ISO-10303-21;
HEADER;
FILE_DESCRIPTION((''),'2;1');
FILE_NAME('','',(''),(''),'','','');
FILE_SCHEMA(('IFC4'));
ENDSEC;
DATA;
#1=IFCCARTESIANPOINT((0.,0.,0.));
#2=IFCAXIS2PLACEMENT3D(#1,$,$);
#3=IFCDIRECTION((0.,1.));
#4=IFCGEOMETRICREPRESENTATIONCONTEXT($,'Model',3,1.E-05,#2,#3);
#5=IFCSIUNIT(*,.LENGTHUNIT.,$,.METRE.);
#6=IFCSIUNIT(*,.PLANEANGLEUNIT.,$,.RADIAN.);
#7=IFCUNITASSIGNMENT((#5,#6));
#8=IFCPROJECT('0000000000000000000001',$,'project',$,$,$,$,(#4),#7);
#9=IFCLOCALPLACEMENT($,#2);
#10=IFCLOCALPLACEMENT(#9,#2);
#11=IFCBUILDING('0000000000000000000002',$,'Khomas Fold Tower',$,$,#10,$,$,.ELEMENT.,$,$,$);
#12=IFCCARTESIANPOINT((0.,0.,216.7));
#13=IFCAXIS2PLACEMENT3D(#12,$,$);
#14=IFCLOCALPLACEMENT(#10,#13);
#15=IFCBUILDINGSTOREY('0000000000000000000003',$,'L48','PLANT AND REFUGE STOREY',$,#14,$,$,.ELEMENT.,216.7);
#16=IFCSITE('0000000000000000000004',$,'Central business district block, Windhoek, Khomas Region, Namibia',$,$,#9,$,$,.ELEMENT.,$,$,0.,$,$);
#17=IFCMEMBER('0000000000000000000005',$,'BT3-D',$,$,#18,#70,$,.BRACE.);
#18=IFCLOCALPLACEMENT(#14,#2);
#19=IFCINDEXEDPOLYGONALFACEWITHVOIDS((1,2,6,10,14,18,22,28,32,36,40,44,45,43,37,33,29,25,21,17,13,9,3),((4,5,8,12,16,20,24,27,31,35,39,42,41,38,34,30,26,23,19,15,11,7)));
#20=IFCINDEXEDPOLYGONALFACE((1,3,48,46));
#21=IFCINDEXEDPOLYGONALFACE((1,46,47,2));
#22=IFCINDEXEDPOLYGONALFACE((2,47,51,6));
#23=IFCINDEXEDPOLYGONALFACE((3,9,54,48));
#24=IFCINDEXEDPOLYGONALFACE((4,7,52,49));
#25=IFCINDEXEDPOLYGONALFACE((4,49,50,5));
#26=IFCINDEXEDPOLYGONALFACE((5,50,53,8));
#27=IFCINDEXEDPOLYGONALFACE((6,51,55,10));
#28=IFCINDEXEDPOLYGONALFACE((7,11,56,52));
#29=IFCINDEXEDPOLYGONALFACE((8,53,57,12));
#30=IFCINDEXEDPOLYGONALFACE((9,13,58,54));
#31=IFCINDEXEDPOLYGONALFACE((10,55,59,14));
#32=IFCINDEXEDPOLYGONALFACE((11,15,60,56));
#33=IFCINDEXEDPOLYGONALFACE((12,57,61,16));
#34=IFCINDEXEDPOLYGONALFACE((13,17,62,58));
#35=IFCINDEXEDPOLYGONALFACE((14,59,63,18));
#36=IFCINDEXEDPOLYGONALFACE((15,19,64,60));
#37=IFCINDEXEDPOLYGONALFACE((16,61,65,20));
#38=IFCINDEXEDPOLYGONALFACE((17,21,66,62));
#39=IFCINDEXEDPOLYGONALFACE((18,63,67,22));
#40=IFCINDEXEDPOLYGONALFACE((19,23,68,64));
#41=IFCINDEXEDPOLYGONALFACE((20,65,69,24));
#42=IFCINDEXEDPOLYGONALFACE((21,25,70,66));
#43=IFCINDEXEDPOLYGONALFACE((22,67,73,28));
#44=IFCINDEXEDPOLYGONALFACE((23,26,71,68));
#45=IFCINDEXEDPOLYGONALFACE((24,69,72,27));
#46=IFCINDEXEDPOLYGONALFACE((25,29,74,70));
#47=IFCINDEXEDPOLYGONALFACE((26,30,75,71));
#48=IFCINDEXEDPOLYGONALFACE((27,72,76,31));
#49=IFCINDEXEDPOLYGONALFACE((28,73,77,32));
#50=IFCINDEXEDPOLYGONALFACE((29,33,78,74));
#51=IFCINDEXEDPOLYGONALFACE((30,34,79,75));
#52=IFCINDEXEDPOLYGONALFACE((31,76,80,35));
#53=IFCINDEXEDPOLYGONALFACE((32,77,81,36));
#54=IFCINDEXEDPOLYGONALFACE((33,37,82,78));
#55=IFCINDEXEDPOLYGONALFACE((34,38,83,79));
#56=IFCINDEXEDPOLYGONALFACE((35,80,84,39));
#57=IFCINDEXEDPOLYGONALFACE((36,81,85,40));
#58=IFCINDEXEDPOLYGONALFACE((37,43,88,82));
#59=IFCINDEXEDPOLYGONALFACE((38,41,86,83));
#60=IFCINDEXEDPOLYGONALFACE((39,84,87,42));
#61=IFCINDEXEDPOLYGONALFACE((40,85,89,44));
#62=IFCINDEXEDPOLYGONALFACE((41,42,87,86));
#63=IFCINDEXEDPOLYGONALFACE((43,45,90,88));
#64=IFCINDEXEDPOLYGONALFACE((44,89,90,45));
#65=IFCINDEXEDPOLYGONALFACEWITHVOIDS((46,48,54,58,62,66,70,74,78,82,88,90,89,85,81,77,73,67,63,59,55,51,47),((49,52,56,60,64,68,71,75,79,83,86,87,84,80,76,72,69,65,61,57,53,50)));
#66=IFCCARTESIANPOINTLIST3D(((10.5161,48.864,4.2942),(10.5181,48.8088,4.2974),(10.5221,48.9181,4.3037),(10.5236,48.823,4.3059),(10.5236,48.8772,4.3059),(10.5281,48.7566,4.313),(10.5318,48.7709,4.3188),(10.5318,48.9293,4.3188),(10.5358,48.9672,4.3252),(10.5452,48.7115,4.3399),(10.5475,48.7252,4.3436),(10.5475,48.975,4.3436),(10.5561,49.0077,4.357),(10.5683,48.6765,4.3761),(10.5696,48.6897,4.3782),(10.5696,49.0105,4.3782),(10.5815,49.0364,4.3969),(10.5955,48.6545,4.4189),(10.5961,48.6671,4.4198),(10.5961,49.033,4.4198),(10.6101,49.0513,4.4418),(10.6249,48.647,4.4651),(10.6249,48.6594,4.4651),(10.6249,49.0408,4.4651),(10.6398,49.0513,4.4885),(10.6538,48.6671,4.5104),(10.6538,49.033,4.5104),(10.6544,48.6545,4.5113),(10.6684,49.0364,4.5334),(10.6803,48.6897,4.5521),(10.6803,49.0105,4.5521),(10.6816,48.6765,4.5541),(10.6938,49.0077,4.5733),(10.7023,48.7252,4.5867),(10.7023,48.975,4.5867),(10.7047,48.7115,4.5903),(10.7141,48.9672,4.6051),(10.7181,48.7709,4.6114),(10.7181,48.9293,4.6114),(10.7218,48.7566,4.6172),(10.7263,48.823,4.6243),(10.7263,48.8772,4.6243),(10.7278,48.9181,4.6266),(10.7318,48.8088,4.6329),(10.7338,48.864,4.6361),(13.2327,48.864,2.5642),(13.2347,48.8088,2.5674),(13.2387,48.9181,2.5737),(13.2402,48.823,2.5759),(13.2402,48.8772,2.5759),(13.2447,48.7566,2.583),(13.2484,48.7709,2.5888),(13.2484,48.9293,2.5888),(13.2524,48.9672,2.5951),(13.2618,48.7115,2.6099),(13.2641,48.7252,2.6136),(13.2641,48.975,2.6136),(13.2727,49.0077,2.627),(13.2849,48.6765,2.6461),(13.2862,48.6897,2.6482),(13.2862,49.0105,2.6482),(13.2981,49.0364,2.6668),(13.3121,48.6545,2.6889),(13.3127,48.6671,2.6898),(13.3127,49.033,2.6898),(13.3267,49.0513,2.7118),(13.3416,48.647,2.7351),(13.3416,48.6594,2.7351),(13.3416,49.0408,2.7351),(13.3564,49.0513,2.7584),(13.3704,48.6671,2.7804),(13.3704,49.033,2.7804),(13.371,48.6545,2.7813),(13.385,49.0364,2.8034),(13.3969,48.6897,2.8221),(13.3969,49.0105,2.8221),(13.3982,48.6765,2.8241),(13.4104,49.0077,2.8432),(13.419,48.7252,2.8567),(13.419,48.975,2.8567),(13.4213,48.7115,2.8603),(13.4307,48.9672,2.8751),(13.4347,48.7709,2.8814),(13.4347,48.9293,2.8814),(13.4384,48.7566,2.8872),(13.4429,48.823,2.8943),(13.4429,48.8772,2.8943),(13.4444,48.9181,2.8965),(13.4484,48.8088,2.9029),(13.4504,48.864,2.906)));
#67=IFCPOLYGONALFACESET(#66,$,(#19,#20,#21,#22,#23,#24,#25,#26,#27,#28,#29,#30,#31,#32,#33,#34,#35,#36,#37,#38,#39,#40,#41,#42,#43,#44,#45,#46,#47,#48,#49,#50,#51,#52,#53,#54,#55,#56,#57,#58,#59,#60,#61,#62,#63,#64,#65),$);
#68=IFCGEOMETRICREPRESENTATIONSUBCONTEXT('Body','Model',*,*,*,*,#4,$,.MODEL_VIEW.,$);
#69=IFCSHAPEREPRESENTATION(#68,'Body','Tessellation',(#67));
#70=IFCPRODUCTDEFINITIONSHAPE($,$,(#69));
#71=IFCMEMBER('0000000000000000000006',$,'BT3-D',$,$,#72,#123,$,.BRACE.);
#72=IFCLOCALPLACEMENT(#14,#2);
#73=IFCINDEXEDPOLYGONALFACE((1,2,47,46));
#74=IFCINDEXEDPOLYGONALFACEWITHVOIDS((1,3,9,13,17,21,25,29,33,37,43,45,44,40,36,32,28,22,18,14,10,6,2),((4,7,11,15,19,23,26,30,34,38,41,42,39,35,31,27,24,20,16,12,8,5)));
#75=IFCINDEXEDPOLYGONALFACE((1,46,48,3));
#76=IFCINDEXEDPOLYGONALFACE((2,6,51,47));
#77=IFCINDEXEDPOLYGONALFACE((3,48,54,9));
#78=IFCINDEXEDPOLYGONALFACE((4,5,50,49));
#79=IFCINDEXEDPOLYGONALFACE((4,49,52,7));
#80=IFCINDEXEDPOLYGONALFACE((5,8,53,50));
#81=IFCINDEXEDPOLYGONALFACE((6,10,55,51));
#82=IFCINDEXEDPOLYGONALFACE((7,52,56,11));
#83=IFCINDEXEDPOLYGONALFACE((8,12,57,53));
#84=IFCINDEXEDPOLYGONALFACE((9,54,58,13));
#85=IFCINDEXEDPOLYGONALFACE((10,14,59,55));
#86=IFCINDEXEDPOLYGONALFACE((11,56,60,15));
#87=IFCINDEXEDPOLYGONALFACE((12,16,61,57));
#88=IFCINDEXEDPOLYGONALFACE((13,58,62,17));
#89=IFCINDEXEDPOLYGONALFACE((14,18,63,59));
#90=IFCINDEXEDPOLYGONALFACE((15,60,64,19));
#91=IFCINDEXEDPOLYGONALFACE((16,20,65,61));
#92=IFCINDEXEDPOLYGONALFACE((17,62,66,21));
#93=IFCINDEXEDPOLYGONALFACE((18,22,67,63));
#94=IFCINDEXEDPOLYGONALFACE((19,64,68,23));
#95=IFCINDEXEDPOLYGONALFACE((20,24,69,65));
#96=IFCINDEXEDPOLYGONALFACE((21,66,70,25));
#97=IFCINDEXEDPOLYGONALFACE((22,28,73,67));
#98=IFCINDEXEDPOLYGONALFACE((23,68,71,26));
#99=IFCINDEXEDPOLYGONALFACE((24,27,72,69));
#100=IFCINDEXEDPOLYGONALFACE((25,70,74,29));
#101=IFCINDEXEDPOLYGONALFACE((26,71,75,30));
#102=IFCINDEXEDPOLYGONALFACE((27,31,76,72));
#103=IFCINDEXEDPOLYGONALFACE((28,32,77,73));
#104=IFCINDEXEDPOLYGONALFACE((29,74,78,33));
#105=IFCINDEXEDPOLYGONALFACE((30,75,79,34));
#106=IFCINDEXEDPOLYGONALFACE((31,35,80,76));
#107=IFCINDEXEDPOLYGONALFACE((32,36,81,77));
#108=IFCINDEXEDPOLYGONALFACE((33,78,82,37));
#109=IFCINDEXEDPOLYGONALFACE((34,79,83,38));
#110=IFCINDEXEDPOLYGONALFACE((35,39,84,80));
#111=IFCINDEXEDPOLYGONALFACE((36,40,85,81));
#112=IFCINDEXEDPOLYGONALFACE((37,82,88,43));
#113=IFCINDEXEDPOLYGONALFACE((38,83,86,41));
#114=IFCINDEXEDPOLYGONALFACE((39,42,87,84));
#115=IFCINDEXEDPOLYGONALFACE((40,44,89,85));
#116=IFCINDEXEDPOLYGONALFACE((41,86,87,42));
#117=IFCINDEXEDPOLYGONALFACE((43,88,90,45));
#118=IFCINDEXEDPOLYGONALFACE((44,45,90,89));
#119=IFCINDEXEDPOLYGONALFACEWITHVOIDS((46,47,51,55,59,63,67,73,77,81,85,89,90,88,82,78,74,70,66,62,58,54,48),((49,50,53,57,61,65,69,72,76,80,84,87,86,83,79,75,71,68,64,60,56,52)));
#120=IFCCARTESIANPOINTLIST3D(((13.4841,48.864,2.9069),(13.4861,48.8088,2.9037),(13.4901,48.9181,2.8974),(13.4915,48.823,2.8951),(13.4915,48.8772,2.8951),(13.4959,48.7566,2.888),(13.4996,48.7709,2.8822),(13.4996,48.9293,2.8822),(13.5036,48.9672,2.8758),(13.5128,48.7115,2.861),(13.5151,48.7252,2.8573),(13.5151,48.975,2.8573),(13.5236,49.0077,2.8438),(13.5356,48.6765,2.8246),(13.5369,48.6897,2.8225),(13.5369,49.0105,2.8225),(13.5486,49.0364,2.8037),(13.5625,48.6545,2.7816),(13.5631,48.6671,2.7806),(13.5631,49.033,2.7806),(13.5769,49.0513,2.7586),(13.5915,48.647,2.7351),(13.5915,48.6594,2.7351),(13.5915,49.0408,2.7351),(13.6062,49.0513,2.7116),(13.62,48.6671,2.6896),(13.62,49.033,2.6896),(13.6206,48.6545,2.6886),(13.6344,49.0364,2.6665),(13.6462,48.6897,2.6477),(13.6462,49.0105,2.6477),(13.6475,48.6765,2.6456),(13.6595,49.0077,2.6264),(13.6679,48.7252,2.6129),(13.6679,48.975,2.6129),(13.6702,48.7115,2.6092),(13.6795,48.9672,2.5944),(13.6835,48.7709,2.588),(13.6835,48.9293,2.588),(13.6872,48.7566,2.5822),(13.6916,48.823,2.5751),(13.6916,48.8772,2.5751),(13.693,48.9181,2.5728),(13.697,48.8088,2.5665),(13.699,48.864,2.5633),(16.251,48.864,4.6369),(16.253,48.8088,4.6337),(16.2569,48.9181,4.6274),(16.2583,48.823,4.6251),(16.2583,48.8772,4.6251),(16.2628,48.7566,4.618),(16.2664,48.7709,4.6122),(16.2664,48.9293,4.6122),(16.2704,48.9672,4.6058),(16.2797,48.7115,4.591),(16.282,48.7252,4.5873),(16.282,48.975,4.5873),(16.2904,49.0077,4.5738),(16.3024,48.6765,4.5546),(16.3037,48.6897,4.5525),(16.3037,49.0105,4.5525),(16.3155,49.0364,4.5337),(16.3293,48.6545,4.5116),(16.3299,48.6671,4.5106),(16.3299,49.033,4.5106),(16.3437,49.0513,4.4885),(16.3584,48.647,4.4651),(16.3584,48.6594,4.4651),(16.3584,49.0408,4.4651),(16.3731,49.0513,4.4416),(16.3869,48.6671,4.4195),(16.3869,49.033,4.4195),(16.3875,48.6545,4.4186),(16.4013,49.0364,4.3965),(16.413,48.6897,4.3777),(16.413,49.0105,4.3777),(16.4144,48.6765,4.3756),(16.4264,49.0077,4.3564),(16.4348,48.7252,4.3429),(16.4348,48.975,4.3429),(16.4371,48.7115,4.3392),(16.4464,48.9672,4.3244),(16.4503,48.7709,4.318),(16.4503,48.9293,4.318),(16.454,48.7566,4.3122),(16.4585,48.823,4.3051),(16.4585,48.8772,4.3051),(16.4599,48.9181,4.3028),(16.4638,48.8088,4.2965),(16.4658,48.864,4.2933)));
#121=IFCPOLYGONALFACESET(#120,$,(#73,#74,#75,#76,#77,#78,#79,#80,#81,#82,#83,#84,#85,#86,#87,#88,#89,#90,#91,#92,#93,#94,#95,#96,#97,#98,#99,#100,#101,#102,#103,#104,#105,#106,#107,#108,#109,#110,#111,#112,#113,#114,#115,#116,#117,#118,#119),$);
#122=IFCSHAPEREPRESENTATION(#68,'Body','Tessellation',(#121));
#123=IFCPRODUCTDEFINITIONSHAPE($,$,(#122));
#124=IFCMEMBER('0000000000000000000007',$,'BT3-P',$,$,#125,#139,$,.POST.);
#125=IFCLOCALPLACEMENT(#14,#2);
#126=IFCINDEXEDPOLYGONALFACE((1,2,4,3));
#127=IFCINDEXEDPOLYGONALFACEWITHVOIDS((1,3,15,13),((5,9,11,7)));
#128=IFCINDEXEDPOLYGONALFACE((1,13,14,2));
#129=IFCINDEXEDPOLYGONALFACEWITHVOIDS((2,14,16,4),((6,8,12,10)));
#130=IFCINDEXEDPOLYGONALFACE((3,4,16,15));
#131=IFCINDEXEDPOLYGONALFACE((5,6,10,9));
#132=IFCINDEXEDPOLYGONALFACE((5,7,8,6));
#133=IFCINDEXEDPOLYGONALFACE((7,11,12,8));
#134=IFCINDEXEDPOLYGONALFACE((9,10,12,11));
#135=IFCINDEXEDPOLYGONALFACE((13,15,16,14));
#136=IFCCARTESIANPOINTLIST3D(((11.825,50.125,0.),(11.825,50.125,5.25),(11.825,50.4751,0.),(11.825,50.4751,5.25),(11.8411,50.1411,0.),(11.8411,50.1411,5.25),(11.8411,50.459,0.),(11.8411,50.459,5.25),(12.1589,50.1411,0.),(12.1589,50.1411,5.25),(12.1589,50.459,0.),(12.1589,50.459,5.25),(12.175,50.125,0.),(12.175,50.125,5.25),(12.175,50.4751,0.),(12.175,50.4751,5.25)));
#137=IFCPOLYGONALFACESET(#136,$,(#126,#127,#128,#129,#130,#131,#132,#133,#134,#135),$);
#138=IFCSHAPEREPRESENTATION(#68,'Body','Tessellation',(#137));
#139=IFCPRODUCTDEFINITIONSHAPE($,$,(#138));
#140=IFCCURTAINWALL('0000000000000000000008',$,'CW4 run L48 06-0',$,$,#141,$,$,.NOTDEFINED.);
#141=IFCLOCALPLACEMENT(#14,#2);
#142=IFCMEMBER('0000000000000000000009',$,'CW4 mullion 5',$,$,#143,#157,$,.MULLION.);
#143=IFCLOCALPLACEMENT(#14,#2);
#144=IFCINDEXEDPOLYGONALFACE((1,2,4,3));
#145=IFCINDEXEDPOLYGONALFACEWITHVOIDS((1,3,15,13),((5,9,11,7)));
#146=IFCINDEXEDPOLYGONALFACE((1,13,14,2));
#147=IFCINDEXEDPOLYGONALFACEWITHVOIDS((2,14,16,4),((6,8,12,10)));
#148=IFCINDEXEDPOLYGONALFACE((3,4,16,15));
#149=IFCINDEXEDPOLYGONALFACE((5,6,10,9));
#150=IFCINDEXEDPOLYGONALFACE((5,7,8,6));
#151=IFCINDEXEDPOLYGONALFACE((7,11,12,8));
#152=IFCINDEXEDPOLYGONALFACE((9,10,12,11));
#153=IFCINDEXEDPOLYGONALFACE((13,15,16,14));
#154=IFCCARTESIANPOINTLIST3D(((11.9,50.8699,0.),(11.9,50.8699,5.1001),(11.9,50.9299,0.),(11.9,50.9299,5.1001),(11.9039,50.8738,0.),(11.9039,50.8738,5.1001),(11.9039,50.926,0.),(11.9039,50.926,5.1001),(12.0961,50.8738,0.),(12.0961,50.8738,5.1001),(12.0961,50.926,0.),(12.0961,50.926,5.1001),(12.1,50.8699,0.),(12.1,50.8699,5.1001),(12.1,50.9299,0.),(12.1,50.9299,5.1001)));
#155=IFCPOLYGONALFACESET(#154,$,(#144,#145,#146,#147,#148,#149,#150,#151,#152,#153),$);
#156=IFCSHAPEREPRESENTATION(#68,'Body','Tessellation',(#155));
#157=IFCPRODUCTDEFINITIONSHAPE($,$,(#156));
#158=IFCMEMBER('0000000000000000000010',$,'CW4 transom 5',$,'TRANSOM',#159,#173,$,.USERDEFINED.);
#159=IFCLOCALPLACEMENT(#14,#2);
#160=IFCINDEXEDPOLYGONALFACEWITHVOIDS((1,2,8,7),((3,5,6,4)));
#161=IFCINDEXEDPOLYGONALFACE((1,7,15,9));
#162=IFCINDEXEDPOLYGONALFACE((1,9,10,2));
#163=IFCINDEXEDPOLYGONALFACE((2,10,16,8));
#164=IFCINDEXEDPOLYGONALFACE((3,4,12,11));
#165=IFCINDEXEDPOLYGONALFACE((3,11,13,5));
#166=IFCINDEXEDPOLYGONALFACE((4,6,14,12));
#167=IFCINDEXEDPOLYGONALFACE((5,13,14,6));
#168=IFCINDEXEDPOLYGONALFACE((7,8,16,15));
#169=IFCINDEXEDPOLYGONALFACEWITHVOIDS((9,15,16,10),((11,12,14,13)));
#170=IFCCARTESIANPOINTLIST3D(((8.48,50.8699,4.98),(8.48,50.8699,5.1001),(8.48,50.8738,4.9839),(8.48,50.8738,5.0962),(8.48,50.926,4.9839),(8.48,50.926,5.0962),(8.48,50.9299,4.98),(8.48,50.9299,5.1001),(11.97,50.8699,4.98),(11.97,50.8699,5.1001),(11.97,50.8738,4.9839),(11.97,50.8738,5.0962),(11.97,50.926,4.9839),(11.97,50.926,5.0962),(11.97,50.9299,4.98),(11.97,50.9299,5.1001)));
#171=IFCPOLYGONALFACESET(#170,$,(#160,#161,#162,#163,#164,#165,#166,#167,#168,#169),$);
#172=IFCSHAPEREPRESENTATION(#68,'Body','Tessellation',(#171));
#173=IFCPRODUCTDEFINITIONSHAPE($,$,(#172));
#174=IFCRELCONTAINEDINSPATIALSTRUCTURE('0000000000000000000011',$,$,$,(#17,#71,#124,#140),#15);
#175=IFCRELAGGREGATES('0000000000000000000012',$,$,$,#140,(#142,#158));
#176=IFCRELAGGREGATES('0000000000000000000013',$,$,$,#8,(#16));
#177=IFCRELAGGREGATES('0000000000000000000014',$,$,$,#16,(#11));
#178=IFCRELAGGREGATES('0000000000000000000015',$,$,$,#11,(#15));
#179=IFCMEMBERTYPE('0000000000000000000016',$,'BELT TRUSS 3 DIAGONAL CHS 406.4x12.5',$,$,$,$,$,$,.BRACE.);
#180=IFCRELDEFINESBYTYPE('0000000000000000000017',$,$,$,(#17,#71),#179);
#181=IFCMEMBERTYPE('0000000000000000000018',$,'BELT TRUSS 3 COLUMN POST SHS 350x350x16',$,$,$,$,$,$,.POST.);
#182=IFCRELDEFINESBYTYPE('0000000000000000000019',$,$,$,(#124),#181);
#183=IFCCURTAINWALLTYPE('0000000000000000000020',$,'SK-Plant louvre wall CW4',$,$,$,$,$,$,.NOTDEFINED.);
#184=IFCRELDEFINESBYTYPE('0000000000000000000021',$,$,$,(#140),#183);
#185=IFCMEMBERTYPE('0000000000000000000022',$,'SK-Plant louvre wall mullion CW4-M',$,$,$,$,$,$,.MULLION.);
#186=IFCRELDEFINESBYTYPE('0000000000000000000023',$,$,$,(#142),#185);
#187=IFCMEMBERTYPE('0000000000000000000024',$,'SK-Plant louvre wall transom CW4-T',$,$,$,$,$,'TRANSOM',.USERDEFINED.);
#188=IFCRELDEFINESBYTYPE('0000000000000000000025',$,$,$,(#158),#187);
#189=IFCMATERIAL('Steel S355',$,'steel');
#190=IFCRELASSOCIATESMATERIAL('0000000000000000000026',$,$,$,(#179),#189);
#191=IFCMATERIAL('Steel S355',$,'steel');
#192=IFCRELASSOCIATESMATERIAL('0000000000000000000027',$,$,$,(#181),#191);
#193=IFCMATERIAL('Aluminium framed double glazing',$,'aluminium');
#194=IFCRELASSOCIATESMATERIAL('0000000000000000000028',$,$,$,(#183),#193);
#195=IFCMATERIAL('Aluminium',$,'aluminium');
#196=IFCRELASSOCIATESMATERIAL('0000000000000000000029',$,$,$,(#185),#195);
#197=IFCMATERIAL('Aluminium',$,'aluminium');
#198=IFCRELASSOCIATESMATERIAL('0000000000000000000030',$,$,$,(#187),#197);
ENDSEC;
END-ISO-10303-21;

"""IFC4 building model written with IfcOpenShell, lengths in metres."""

from ifc_helpers import new_model, si_unit, direction, frame, origin, origin_2d, place, context, subcontext, project, spatial, hollow_rectangle, hollow_circle, extrude, source, transform, mapped, material, material_profile, profile_set, type_object, element, aggregate, save


model = new_model("IFC4")

# Units and contexts
model_context = context("Model", 3, precision=1e-05, world=origin(), true_north=direction((0.0, 1.0)))
body_context = subcontext(model_context, "Body", "Model", "MODEL_VIEW")
ifc_project = project(units=[si_unit("LENGTHUNIT", "METRE"), si_unit("PLANEANGLEUNIT", "RADIAN")], contexts=[model_context])

# Site, building, storey
site_placement = place(None, origin())
site = spatial("IfcSite", under=ifc_project, at=site_placement, Name="Central business district block, Windhoek, Khomas Region, Namibia", CompositionType="ELEMENT", RefElevation=0.0)
building_placement = place(site_placement, origin())
building = spatial("IfcBuilding", under=site, at=building_placement, Name="Khomas Fold Tower", CompositionType="ELEMENT")
storey_placement = place(building_placement, frame((0.0, 0.0, 216.7)))
storey = spatial("IfcBuildingStorey", under=building, at=storey_placement, Name="L48", Description="PLANT AND REFUGE STOREY", CompositionType="ELEMENT", Elevation=216.7)

# Members
ifc_material_1 = material(Name="Steel S355", Category="steel")
ifc_material_profile_1 = material_profile(ifc_material_1, hollow_circle(Radius=0.2031, WallThickness=0.0125, at=origin_2d()), Name="CHS 406.4x12.5")
ifc_profile_set_1 = profile_set([ifc_material_profile_1], Name="Steel S355")
member_type_1 = type_object("IfcMemberType", Name="BELT TRUSS 3 DIAGONAL CHS 406.4x12.5", PredefinedType="BRACE", material=ifc_profile_set_1)
shared_shape_1 = source(origin(), body_context, "Body", "SweptSolid", [
    extrude(hollow_circle(Radius=0.2031, WallThickness=0.0125, at=origin_2d()), origin(), (0.0, 0.0, 1.0), 3.2207),
])
member_1_placement = place(storey_placement, frame((13.3416, 48.8501, 2.7351), z_axis=(-0.843484, 0.0, 0.537155), x_axis=(0.0, -1.0, 0.0)))
element("IfcMember", 1, at=member_1_placement, inside=storey, type_object=member_type_1, Name="BT3-D", PredefinedType="BRACE", context=body_context, shape_type="MappedRepresentation", body=[
    mapped(shared_shape_1, transform((0.0, 0.0, 0.0))),
])
shared_shape_2 = source(origin(), body_context, "Body", "SweptSolid", [
    extrude(hollow_circle(Radius=0.2031, WallThickness=0.0125, at=origin_2d()), origin(), (0.0, 0.0, 1.0), 3.2632),
])
member_2_placement = place(storey_placement, frame((16.3584, 48.8501, 4.4651), z_axis=(-0.847902, 0.0, -0.530154), x_axis=(0.0, -1.0, 0.0)))
element("IfcMember", 2, at=member_2_placement, inside=storey, type_object=member_type_1, Name="BT3-D", PredefinedType="BRACE", context=body_context, shape_type="MappedRepresentation", body=[
    mapped(shared_shape_2, transform((0.0, 0.0, 0.0))),
])
ifc_material_2 = material(Name="Steel S355", Category="steel")
ifc_material_profile_2 = material_profile(ifc_material_2, hollow_rectangle(XDim=0.3501, YDim=0.3501, WallThickness=0.0161, at=origin_2d()), Name="SHS 350x350x16")
ifc_profile_set_2 = profile_set([ifc_material_profile_2], Name="Steel S355")
member_type_2 = type_object("IfcMemberType", Name="BELT TRUSS 3 COLUMN POST SHS 350x350x16", PredefinedType="POST", material=ifc_profile_set_2)
shared_shape_3 = source(origin(), body_context, "Body", "SweptSolid", [
    extrude(hollow_rectangle(XDim=0.3501, YDim=0.3501, WallThickness=0.0161, at=origin_2d()), origin(), (0.0, 0.0, 1.0), 5.25),
])
member_3_placement = place(storey_placement, frame((12.0, 50.3, 0.0), z_axis=(0.0, 0.0, 1.0), x_axis=(1.0, 0.0, 0.0)))
element("IfcMember", 3, at=member_3_placement, inside=storey, type_object=member_type_2, Name="BT3-P", PredefinedType="POST", context=body_context, shape_type="MappedRepresentation", body=[
    mapped(shared_shape_3, transform((0.0, 0.0, 0.0))),
])

# Curtain wall, members
ifc_material_3 = material(Name="Aluminium framed double glazing", Category="aluminium")
curtain_wall_type = type_object("IfcCurtainWallType", Name="SK-Plant louvre wall CW4", PredefinedType="NOTDEFINED", material=ifc_material_3)
curtain_wall_placement = place(storey_placement, origin())
curtain_wall = element("IfcCurtainWall", 4, at=curtain_wall_placement, inside=storey, type_object=curtain_wall_type, Name="CW4 run L48 06-0", PredefinedType="NOTDEFINED")
ifc_material_4 = material(Name="Aluminium", Category="aluminium")
ifc_material_profile_3 = material_profile(ifc_material_4, hollow_rectangle(XDim=0.0601, YDim=0.2, WallThickness=0.0039, at=origin_2d()), Name="SK-Plant louvre wall mullion CW4-M")
ifc_profile_set_3 = profile_set([ifc_material_profile_3], Name="Aluminium")
member_type_3 = type_object("IfcMemberType", Name="SK-Plant louvre wall mullion CW4-M", PredefinedType="MULLION", material=ifc_profile_set_3)
shared_shape_4 = source(origin(), body_context, "Body", "SweptSolid", [
    extrude(hollow_rectangle(XDim=0.0601, YDim=0.2, WallThickness=0.0039, at=origin_2d()), origin(), (0.0, 0.0, 1.0), 5.1001),
])
member_4_placement = place(storey_placement, frame((12.0, 50.8999, 0.0), z_axis=(0.0, 0.0, 1.0), x_axis=(0.0, -1.0, 0.0)))
member_4 = element("IfcMember", 5, at=member_4_placement, type_object=member_type_3, Name="CW4 mullion 5", PredefinedType="MULLION", context=body_context, shape_type="MappedRepresentation", body=[
    mapped(shared_shape_4, transform((0.0, 0.0, 0.0))),
])
ifc_material_5 = material(Name="Aluminium", Category="aluminium")
ifc_material_profile_4 = material_profile(ifc_material_5, hollow_rectangle(XDim=0.0601, YDim=0.1201, WallThickness=0.0039, at=origin_2d()), Name="SK-Plant louvre wall transom CW4-T")
ifc_profile_set_4 = profile_set([ifc_material_profile_4], Name="Aluminium")
member_type_4 = type_object("IfcMemberType", Name="SK-Plant louvre wall transom CW4-T", ElementType="TRANSOM", PredefinedType="USERDEFINED", material=ifc_profile_set_4)
shared_shape_5 = source(origin(), body_context, "Body", "SweptSolid", [
    extrude(hollow_rectangle(XDim=0.0601, YDim=0.1201, WallThickness=0.0039, at=origin_2d()), origin(), (0.0, 0.0, 1.0), 3.49),
])
member_5_placement = place(storey_placement, frame((11.97, 50.8999, 5.04), z_axis=(-1.0, 0.0, 0.0), x_axis=(0.0, -1.0, 0.0)))
member_5 = element("IfcMember", 6, at=member_5_placement, type_object=member_type_4, Name="CW4 transom 5", ObjectType="TRANSOM", PredefinedType="USERDEFINED", context=body_context, shape_type="MappedRepresentation", body=[
    mapped(shared_shape_5, transform((0.0, 0.0, 0.0))),
])
aggregate(curtain_wall, [member_4, member_5])

save(model, "model.ifc")
